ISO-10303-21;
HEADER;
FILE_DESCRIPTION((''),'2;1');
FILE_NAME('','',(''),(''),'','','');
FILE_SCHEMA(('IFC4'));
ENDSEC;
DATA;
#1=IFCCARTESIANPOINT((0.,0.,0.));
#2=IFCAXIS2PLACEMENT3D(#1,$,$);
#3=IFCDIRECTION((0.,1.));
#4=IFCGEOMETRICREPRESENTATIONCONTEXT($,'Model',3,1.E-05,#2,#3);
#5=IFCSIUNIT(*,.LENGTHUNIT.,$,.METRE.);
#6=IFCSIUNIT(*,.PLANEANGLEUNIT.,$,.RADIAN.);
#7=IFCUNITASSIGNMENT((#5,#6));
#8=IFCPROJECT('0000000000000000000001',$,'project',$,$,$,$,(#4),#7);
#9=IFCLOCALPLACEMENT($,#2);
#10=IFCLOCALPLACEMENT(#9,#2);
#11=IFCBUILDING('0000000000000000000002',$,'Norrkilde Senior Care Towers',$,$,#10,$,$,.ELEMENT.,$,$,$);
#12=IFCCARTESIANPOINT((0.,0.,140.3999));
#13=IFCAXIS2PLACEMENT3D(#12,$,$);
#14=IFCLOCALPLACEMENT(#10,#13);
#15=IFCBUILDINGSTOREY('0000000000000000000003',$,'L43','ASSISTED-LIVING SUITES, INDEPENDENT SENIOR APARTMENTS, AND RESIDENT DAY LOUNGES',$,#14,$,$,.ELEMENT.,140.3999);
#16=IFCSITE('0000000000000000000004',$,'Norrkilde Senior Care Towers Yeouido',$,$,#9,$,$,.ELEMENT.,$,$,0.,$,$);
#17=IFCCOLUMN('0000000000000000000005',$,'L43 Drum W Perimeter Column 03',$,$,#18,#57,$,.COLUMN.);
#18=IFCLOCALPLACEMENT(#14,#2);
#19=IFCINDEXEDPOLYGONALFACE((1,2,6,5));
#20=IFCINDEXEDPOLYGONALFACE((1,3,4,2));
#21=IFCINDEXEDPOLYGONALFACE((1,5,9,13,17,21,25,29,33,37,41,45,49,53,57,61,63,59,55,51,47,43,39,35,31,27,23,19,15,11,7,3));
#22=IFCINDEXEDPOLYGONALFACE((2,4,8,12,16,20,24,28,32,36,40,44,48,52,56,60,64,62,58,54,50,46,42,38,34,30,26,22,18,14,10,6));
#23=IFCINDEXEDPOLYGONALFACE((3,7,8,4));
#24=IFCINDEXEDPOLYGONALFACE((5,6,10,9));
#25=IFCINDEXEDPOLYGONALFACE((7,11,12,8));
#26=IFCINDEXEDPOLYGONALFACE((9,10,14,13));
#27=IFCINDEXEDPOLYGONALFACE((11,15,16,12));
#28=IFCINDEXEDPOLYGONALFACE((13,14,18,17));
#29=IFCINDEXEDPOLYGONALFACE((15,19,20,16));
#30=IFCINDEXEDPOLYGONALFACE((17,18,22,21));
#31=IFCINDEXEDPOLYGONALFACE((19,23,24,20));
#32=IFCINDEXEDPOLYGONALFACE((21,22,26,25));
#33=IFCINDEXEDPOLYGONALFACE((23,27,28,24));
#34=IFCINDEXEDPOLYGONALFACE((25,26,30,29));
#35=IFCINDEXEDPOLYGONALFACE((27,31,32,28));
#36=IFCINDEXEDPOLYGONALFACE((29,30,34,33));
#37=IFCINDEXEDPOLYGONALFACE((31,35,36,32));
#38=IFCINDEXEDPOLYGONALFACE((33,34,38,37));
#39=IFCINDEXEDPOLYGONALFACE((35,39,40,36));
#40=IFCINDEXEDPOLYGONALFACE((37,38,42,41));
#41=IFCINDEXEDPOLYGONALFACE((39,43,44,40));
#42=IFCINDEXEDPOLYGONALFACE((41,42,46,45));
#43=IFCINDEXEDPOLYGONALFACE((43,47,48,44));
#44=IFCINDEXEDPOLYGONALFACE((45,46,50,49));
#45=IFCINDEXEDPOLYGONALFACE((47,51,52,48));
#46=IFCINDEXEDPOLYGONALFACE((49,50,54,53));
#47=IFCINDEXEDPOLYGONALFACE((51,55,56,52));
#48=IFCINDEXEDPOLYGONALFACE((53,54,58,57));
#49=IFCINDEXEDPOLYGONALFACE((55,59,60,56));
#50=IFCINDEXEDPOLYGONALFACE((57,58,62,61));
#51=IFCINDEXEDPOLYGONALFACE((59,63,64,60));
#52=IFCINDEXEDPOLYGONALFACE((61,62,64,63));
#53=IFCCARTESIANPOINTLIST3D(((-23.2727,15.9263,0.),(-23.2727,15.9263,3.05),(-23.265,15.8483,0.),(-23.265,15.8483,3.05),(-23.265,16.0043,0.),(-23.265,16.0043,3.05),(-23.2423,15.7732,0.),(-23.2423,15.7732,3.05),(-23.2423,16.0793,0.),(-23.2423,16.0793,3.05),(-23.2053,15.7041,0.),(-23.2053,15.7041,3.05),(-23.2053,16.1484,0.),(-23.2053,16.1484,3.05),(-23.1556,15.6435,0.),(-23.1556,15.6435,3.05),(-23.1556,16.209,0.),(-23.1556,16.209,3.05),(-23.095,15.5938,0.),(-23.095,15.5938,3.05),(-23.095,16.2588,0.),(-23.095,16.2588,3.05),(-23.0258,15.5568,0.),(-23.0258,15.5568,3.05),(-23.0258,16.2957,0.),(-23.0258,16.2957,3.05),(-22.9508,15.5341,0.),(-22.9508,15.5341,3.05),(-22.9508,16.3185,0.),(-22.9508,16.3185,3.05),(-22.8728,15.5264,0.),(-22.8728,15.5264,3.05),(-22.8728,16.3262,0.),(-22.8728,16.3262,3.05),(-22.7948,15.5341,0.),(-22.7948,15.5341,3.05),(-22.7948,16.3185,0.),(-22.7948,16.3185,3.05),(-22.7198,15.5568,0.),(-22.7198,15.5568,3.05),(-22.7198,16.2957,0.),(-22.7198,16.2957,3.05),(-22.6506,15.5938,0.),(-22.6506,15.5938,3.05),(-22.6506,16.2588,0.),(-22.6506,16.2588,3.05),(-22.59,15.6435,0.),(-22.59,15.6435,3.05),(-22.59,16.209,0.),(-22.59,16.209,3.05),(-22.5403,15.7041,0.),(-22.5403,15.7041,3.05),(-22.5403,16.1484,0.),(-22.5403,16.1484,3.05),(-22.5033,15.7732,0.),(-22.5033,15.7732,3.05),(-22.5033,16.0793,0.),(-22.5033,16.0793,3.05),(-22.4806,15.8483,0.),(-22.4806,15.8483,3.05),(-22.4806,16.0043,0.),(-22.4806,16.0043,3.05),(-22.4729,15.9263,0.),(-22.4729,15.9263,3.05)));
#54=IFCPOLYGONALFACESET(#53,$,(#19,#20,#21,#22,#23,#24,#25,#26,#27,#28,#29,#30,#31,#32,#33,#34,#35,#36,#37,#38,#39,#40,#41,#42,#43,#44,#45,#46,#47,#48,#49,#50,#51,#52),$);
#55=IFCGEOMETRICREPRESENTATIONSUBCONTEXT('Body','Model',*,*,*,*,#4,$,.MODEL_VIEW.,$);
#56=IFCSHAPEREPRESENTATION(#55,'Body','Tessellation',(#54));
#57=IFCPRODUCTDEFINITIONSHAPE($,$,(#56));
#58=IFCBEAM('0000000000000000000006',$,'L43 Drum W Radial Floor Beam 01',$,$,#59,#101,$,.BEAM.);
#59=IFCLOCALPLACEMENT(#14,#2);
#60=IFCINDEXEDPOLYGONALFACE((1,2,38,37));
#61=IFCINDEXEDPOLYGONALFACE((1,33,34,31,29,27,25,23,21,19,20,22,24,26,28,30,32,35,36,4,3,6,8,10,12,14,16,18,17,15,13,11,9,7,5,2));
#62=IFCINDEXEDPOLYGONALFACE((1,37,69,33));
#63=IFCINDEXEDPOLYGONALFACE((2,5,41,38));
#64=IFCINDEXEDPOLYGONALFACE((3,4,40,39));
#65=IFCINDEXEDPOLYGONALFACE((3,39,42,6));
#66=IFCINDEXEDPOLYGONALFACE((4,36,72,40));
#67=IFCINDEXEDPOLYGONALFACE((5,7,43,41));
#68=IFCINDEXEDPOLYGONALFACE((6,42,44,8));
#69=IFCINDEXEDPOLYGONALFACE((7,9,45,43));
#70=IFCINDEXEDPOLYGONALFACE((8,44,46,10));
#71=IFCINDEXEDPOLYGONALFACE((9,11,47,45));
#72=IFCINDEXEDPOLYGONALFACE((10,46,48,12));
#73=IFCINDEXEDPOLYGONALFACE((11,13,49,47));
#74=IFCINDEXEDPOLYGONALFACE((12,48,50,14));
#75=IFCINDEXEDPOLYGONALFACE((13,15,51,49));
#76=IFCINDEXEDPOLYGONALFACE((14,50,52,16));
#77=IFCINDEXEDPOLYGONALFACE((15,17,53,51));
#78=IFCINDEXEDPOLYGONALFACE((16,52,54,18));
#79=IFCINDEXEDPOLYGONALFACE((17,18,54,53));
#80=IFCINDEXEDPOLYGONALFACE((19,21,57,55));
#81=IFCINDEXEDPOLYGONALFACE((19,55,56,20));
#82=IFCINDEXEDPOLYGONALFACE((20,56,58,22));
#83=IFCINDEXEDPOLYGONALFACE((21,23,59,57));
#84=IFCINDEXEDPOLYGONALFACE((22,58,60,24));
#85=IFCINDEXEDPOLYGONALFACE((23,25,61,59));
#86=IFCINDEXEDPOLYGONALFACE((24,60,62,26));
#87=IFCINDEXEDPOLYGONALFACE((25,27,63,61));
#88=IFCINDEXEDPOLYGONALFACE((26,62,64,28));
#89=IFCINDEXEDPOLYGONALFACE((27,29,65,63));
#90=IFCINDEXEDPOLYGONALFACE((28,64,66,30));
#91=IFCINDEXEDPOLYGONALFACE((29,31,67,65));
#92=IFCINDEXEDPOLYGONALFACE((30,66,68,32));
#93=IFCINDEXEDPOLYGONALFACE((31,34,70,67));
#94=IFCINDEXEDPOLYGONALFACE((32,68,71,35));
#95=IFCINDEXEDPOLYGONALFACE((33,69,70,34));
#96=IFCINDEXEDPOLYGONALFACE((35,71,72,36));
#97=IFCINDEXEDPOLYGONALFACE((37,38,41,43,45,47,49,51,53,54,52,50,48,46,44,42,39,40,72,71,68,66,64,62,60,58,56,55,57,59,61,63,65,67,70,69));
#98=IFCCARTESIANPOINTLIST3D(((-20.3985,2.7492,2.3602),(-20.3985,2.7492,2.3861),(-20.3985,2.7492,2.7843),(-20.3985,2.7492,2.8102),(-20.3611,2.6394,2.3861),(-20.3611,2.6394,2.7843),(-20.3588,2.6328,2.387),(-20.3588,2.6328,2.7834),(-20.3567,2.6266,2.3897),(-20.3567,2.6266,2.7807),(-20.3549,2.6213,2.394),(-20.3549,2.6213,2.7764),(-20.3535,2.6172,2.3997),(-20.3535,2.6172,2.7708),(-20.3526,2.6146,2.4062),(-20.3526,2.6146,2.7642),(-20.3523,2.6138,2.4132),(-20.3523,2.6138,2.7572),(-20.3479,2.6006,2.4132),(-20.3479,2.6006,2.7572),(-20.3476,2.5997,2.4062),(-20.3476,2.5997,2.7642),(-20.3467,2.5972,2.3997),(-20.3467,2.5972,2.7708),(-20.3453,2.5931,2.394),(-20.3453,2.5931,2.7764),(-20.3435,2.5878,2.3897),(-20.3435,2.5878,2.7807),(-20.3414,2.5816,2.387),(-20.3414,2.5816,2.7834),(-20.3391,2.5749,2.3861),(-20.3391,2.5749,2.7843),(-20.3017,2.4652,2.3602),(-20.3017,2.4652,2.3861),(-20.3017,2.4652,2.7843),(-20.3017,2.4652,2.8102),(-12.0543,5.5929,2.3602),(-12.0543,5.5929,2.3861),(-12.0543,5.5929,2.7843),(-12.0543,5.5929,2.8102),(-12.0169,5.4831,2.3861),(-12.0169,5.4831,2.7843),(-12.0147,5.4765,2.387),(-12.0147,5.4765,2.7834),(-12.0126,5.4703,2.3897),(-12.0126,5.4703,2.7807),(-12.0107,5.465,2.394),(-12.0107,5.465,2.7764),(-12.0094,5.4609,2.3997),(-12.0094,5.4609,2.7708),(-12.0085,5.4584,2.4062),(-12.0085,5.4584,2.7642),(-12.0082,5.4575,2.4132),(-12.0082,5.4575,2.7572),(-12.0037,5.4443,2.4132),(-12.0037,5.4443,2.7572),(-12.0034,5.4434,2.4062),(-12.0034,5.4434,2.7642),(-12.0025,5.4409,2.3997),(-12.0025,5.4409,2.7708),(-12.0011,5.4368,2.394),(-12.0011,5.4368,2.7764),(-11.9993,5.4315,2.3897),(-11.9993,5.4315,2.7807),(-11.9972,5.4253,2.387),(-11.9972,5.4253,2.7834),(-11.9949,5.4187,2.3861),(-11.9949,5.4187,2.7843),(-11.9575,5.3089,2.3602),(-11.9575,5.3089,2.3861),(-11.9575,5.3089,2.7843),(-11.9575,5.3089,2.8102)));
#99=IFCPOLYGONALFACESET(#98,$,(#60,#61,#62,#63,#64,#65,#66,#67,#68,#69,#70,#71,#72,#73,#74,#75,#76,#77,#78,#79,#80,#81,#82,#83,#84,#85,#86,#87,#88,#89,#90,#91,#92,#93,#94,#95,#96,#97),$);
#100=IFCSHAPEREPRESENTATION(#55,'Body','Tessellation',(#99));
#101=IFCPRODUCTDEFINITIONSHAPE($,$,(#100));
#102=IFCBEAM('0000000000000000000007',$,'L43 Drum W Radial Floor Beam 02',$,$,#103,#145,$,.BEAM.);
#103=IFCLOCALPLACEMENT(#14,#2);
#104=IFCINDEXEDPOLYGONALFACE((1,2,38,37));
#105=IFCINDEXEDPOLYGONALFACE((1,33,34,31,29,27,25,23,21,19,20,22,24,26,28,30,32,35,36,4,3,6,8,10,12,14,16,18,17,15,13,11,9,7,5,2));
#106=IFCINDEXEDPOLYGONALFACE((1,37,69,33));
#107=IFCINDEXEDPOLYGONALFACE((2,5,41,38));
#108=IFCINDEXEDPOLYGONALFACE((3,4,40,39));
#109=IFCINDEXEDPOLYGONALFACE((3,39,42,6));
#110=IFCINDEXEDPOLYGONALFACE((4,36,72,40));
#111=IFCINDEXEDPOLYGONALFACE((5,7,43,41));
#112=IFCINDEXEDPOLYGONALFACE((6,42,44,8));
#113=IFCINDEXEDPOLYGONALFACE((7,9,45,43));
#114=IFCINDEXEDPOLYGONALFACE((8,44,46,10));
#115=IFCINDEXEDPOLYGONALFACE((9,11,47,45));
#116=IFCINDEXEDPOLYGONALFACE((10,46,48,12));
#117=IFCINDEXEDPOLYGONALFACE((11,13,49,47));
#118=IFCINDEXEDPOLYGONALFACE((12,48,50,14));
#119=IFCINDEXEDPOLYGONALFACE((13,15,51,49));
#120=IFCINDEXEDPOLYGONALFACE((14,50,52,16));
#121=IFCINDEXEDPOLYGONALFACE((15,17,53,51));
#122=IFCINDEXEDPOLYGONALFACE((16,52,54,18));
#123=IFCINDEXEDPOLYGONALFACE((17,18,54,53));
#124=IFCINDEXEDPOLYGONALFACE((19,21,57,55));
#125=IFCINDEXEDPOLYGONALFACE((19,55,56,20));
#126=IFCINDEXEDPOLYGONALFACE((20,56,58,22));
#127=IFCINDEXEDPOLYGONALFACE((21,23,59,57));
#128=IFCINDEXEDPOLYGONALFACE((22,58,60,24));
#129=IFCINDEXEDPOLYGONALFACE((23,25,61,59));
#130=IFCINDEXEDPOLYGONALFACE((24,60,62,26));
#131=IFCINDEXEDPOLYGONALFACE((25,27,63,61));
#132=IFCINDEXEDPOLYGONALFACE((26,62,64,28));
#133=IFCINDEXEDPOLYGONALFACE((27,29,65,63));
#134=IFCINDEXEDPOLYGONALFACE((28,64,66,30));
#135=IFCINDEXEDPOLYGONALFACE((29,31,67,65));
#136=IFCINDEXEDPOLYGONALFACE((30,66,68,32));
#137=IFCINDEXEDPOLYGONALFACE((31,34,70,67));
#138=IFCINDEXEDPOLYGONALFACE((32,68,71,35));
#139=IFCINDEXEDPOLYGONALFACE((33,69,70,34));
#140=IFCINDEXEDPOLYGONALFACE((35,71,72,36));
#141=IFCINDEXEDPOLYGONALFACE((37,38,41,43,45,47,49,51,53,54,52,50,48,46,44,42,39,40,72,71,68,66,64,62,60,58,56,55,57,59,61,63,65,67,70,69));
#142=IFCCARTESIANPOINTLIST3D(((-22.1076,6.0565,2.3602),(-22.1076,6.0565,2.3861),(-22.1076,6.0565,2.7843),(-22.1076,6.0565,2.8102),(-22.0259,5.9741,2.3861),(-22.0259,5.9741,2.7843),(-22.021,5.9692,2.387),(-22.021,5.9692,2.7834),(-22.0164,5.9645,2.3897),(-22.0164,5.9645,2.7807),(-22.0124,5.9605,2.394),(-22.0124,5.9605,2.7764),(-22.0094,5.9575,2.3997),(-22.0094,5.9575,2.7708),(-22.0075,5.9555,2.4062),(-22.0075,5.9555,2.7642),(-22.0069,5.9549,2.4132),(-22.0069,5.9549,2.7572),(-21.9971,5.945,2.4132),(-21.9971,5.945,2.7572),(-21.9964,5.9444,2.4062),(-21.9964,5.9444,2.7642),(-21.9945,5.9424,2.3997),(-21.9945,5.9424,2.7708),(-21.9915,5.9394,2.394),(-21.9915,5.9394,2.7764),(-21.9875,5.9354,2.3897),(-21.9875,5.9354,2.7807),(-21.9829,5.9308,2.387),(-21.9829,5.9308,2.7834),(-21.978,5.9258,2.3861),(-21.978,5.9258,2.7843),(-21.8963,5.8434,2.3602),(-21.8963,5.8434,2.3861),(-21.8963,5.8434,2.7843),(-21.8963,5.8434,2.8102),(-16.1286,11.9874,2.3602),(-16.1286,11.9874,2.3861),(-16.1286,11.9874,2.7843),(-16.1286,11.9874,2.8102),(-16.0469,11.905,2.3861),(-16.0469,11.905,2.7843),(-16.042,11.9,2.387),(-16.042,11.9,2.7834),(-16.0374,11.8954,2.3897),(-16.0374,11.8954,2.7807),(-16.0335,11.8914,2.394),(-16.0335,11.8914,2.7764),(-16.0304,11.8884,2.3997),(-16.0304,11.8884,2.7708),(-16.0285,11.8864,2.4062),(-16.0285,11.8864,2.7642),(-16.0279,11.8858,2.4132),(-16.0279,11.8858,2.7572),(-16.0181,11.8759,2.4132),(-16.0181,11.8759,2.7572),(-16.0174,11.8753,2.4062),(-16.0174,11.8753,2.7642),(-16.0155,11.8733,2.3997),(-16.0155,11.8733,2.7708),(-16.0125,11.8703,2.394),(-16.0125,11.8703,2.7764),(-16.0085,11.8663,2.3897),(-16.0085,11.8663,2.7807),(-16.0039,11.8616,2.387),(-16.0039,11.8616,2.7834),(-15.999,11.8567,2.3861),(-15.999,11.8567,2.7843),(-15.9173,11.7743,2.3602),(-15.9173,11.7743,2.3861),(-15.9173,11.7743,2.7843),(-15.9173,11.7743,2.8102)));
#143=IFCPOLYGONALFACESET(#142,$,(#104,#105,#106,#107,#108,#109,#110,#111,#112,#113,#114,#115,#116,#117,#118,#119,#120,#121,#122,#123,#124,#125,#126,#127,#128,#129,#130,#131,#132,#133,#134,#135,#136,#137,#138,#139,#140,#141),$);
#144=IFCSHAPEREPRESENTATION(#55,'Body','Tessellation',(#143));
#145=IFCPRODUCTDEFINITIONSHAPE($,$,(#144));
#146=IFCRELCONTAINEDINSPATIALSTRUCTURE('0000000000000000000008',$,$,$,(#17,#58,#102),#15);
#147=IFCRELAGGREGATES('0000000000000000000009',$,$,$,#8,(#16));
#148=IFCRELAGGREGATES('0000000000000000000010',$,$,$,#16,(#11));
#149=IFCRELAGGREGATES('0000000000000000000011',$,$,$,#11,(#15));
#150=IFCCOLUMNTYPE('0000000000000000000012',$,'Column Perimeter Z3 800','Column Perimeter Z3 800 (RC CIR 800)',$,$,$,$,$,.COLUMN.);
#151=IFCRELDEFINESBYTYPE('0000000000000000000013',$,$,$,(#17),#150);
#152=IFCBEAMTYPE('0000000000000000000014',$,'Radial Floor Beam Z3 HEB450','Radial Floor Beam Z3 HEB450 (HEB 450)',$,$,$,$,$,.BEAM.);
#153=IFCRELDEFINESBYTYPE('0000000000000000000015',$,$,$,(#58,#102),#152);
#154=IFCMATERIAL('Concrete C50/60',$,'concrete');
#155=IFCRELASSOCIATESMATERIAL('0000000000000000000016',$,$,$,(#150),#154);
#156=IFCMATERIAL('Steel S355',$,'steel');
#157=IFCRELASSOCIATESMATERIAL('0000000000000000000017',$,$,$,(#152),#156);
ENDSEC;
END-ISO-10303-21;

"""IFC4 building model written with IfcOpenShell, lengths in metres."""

from ifc_helpers import new_model, si_unit, direction, frame, origin, origin_2d, place, context, subcontext, project, spatial, circle, i_section, extrude, source, transform, mapped, material, material_profile, profile_set, type_object, type_shapes, element, save


model = new_model("IFC4")

# Units and contexts
model_context = context("Model", 3, precision=1e-05, world=origin(), true_north=direction((0.0, 1.0)))
body_context = subcontext(model_context, "Body", "Model", "MODEL_VIEW")
ifc_project = project(units=[si_unit("LENGTHUNIT", "METRE"), si_unit("PLANEANGLEUNIT", "RADIAN")], contexts=[model_context])

# Site, building, storey
site_placement = place(None, origin())
site = spatial("IfcSite", under=ifc_project, at=site_placement, Name="Norrkilde Senior Care Towers Yeouido", CompositionType="ELEMENT", RefElevation=0.0)
building_placement = place(site_placement, origin())
building = spatial("IfcBuilding", under=site, at=building_placement, Name="Norrkilde Senior Care Towers", CompositionType="ELEMENT")
storey_placement = place(building_placement, frame((0.0, 0.0, 140.3999)))
storey = spatial("IfcBuildingStorey", under=building, at=storey_placement, Name="L43", Description="ASSISTED-LIVING SUITES, INDEPENDENT SENIOR APARTMENTS, AND RESIDENT DAY LOUNGES", CompositionType="ELEMENT", Elevation=140.3999)

# Column
ifc_material_1 = material(Name="Concrete C50/60", Category="concrete")
ifc_material_profile_1 = material_profile(ifc_material_1, circle(Radius=0.3999, at=origin_2d()), Name="RC CIR 800")
ifc_profile_set_1 = profile_set([ifc_material_profile_1], Name="Concrete C50/60")
column_type = type_object("IfcColumnType", Name="Column Perimeter Z3 800", Description="Column Perimeter Z3 800 (RC CIR 800)", PredefinedType="COLUMN", material=ifc_profile_set_1)
shared_shape_1 = source(origin(), body_context, "Body", "SweptSolid", [
    extrude(circle(Radius=0.3999, at=origin_2d()), origin(), (0.0, 0.0, 1.0), 3.05),
])
type_shapes(column_type, [shared_shape_1])
column_placement = place(storey_placement, frame((-22.8728, 15.9263, 0.0), z_axis=(0.0, 0.0, 1.0), x_axis=(1.0, 0.0, 0.0)))
element("IfcColumn", 1, at=column_placement, inside=storey, type_object=column_type, Name="L43 Drum W Perimeter Column 03", PredefinedType="COLUMN", context=body_context, shape_type="MappedRepresentation", body=[
    mapped(shared_shape_1, transform((0.0, 0.0, 0.0), x_axis=(1.0, 0.0, 0.0), y_axis=(0.0, 1.0, 0.0), z_axis=(0.0, 0.0, 1.0), scale=1.0)),
])

# Beams
ifc_material_2 = material(Name="Steel S355", Category="steel")
ifc_material_profile_2 = material_profile(ifc_material_2, i_section(OverallWidth=0.3, OverallDepth=0.45, WebThickness=0.0139, FlangeThickness=0.0259, FilletRadius=0.0271, at=origin_2d()), Name="HEB 450")
ifc_profile_set_2 = profile_set([ifc_material_profile_2], Name="Steel S355")
beam_type_1 = type_object("IfcBeamType", Name="Radial Floor Beam Z3 HEB450", Description="Radial Floor Beam Z3 HEB450 (HEB 450)", PredefinedType="BEAM", material=ifc_profile_set_2)
shared_shape_2 = source(origin(), body_context, "Body", "SweptSolid", [
    extrude(i_section(OverallWidth=0.3, OverallDepth=0.45, WebThickness=0.0139, FlangeThickness=0.0259, FilletRadius=0.0271, at=origin_2d()), origin(), (0.0, 0.0, 1.0), 8.8154),
])
beam_1_placement = place(storey_placement, frame((-20.3501, 2.6072, 2.5852), z_axis=(0.946541, 0.322585, 0.0), x_axis=(-0.322585, 0.946541, 0.0)))
element("IfcBeam", 2, at=beam_1_placement, inside=storey, type_object=beam_type_1, Name="L43 Drum W Radial Floor Beam 01", PredefinedType="BEAM", context=body_context, shape_type="MappedRepresentation", body=[
    mapped(shared_shape_2, transform((0.0, 0.0, 0.0), x_axis=(1.0, 0.0, 0.0), y_axis=(0.0, 1.0, 0.0), z_axis=(0.0, 0.0, 1.0), scale=1.0)),
])
shared_shape_3 = source(origin(), body_context, "Body", "SweptSolid", [
    extrude(i_section(OverallWidth=0.3, OverallDepth=0.45, WebThickness=0.0139, FlangeThickness=0.0259, FilletRadius=0.0271, at=origin_2d()), origin(), (0.0, 0.0, 1.0), 8.4216),
])
beam_2_placement = place(storey_placement, frame((-22.002, 5.95, 2.5852), z_axis=(0.709956, 0.704246, 0.0), x_axis=(-0.704246, 0.709956, 0.0)))
element("IfcBeam", 3, at=beam_2_placement, inside=storey, type_object=beam_type_1, Name="L43 Drum W Radial Floor Beam 02", PredefinedType="BEAM", context=body_context, shape_type="MappedRepresentation", body=[
    mapped(shared_shape_3, transform((0.0, 0.0, 0.0), x_axis=(1.0, 0.0, 0.0), y_axis=(0.0, 1.0, 0.0), z_axis=(0.0, 0.0, 1.0), scale=1.0)),
])

save(model, "model.ifc")
